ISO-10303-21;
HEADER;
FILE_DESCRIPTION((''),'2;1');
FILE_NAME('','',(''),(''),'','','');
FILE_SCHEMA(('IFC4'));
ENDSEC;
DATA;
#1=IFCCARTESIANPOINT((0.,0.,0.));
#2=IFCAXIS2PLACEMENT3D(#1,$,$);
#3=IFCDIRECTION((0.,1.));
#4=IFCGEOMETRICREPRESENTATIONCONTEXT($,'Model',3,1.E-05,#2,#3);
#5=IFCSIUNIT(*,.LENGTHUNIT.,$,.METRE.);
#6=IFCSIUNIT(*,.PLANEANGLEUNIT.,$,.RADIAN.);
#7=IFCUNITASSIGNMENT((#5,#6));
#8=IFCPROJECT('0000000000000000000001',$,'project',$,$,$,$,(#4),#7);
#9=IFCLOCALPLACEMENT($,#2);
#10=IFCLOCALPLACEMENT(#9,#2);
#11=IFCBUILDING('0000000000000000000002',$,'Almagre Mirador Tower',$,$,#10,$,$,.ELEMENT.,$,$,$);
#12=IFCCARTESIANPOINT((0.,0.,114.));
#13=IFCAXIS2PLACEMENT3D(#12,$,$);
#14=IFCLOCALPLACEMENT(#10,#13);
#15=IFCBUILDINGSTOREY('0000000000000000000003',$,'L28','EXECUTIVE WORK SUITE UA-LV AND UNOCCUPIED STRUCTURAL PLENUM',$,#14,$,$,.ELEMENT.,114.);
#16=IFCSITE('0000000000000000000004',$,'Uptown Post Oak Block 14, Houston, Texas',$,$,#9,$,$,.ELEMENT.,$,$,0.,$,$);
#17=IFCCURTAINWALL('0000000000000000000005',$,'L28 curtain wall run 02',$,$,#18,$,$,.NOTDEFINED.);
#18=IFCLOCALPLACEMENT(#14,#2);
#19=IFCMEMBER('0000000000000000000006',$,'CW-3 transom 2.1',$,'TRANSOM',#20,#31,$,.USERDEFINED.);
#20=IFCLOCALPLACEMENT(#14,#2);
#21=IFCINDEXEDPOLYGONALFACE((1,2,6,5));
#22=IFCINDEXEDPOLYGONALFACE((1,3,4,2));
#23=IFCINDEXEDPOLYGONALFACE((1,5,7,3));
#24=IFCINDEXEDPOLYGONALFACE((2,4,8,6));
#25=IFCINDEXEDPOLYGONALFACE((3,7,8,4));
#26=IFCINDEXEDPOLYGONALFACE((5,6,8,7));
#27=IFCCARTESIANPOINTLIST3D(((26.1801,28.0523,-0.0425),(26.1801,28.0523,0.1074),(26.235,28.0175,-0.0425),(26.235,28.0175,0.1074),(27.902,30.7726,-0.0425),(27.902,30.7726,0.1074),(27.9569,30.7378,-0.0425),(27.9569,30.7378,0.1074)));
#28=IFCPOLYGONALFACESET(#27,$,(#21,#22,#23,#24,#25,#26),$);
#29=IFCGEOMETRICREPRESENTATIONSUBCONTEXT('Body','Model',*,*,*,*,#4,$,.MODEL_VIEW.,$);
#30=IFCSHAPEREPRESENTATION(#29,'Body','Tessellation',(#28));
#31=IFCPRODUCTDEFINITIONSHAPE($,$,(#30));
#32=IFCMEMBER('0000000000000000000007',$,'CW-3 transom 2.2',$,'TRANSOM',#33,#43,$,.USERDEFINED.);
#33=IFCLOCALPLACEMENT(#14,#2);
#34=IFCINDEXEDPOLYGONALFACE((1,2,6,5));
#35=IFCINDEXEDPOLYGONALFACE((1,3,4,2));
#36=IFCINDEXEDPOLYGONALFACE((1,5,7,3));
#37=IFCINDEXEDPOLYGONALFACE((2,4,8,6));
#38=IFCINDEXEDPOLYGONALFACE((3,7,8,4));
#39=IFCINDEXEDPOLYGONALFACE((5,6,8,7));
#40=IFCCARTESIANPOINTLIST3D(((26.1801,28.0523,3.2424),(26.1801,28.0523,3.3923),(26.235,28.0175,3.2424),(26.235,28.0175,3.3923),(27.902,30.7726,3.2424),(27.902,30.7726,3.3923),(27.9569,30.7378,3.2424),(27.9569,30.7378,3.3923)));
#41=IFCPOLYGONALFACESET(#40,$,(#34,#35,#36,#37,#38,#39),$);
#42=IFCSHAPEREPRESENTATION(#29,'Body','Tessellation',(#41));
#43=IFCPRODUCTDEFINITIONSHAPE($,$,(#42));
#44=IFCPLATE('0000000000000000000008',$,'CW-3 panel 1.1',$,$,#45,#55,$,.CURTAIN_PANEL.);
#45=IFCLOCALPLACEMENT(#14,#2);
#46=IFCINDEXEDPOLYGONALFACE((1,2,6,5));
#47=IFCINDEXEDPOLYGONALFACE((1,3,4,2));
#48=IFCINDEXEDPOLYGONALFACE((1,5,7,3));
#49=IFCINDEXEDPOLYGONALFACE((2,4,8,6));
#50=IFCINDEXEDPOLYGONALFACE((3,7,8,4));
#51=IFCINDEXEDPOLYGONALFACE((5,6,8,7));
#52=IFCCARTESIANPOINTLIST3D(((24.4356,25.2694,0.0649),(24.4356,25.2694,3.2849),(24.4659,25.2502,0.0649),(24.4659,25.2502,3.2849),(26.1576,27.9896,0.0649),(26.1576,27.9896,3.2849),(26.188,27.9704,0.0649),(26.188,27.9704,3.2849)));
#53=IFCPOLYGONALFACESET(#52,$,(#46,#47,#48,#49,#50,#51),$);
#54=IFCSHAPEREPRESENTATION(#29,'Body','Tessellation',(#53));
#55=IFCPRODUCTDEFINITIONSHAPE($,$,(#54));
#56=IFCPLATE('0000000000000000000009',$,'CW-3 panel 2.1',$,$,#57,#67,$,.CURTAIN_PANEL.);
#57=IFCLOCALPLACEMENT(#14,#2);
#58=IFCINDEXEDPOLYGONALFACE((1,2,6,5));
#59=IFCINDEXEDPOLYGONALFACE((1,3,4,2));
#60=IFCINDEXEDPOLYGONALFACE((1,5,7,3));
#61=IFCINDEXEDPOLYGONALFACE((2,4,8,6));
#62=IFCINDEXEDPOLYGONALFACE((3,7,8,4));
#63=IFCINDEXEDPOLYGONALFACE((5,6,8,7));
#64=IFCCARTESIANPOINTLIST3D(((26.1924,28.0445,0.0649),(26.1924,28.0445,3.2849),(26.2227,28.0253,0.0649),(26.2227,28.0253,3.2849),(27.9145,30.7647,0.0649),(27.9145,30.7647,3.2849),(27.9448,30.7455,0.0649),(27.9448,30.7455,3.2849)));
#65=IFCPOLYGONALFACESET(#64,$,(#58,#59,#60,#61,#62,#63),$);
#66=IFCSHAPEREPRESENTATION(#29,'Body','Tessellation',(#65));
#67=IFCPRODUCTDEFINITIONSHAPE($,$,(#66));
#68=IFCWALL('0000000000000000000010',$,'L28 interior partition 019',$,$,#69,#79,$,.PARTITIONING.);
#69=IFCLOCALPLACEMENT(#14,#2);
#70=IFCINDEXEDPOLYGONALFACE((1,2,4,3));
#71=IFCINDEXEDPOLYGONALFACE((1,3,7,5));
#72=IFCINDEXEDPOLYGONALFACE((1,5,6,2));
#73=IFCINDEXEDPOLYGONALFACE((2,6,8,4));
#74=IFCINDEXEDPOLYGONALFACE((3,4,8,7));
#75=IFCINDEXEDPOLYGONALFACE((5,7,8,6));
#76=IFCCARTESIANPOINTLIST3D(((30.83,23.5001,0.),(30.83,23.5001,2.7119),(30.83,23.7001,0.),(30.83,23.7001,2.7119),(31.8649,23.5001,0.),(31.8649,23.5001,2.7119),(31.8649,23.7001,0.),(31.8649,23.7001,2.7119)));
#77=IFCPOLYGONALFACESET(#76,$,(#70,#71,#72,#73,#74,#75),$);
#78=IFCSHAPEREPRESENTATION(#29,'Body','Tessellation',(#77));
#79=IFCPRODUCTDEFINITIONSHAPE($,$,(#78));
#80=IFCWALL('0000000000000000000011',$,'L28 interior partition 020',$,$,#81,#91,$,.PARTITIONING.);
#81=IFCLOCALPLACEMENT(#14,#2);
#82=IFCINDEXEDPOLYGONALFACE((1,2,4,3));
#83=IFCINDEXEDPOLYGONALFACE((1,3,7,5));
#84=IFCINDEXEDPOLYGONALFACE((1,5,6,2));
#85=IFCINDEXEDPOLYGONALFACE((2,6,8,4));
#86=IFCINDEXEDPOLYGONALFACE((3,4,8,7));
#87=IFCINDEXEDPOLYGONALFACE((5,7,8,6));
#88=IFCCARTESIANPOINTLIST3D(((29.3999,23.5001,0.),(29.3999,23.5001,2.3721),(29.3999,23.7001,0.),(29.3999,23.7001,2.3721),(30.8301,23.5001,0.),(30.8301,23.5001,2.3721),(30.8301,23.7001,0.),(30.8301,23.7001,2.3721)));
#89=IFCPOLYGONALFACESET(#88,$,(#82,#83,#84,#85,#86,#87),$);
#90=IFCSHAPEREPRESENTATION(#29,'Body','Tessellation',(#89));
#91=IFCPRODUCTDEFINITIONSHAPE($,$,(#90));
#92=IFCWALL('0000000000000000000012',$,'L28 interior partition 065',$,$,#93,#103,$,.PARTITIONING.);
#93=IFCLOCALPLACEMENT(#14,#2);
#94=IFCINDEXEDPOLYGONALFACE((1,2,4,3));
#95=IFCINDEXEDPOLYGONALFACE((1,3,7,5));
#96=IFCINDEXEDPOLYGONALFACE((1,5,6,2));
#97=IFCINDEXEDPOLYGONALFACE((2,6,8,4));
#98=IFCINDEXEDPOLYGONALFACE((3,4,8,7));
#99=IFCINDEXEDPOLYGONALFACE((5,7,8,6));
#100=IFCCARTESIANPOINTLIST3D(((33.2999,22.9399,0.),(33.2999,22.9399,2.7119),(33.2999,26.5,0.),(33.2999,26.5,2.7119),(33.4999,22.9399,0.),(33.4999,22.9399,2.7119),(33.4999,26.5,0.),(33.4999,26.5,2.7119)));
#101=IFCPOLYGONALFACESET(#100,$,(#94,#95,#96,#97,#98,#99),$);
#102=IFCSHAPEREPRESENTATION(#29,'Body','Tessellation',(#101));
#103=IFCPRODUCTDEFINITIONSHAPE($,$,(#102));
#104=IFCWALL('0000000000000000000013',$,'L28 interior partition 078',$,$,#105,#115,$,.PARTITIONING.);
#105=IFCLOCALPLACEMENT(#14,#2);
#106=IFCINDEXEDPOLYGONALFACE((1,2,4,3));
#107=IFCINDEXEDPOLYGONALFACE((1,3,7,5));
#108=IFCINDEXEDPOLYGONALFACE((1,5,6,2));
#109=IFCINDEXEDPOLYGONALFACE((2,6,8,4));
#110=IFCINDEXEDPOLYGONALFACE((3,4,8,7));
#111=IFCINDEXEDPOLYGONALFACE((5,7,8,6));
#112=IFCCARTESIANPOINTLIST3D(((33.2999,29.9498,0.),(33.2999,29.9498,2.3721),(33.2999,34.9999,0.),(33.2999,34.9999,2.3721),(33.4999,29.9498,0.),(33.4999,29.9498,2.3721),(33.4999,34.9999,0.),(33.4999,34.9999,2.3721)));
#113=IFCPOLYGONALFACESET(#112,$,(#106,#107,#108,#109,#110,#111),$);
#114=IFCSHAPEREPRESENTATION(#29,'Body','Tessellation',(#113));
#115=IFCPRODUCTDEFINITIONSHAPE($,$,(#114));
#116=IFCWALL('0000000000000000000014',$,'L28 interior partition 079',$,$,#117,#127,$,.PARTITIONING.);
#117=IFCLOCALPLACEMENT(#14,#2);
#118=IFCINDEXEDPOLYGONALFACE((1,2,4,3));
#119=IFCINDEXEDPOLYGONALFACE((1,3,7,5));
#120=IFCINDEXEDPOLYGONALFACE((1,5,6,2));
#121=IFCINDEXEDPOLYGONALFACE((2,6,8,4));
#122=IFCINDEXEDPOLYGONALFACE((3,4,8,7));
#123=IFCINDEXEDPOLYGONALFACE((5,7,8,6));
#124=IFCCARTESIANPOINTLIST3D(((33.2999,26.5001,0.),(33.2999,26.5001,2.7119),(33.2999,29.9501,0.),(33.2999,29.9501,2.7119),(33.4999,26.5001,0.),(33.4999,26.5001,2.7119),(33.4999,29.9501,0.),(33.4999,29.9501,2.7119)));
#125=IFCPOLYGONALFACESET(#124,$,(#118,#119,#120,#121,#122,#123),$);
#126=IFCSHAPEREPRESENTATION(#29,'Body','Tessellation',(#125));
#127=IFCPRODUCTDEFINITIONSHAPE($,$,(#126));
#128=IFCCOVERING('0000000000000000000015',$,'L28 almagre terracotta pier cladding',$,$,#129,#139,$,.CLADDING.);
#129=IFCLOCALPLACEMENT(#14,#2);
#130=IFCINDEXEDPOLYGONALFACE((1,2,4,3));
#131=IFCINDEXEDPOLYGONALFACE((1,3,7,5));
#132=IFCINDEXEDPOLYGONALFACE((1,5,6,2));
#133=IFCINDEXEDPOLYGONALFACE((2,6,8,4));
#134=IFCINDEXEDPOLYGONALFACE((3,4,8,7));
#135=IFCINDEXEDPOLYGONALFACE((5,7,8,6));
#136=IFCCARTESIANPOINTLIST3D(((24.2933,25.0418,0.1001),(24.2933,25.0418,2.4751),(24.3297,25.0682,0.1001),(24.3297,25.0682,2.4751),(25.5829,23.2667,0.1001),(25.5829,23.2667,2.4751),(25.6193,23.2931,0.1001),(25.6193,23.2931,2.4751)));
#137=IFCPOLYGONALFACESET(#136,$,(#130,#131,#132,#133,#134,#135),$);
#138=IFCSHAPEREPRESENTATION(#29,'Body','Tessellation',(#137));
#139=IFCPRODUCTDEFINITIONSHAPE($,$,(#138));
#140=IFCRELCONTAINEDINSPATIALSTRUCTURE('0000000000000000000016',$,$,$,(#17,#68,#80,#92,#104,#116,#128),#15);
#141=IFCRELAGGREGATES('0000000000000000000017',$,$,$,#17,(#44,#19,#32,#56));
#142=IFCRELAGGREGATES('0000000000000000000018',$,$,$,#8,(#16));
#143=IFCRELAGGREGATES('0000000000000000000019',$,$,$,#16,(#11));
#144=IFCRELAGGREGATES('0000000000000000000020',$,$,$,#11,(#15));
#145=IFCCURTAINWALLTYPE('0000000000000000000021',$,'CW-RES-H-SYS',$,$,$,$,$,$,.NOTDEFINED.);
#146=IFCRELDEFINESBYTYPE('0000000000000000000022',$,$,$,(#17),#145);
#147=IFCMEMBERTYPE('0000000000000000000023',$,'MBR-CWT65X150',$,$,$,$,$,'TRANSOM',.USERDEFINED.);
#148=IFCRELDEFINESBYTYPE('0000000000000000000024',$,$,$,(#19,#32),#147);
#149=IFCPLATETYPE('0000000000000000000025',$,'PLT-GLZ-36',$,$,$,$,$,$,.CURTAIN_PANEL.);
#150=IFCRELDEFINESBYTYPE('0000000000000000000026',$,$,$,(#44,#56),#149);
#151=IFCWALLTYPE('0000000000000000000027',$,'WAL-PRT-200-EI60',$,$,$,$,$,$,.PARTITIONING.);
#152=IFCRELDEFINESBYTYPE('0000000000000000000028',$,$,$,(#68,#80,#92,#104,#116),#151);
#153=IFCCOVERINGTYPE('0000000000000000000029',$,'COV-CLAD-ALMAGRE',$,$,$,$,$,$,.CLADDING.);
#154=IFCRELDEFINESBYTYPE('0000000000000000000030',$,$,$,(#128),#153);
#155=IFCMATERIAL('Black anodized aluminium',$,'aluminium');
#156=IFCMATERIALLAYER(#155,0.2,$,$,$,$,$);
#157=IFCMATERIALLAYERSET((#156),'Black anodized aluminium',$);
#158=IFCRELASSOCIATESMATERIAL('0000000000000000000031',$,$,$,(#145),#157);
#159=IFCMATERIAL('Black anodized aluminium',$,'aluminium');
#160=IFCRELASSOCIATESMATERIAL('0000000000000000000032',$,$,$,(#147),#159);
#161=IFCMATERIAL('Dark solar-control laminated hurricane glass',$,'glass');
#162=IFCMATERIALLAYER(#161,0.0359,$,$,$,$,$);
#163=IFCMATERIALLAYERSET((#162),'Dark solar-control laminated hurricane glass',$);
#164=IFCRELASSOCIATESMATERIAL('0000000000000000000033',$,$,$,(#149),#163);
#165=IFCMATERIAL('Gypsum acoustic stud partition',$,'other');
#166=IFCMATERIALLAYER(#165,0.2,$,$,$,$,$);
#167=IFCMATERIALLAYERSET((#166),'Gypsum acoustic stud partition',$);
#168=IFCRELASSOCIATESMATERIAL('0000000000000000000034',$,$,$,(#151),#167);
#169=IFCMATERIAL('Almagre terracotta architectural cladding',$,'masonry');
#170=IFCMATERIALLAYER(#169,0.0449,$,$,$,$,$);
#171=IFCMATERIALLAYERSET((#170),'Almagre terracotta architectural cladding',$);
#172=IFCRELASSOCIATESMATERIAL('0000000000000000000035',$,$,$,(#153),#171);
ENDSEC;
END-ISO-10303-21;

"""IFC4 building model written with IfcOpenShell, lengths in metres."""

from ifc_helpers import new_model, si_unit, direction, frame, frame_2d, origin, origin_2d, place, context, subcontext, project, spatial, rectangle, extrude, material, layer, layer_set, material_profile, profile_set, type_object, element, aggregate, save


model = new_model("IFC4")

# Units and contexts
model_context = context("Model", 3, precision=1e-05, world=origin(), true_north=direction((0.0, 1.0)))
body_context = subcontext(model_context, "Body", "Model", "MODEL_VIEW")
ifc_project = project(units=[si_unit("LENGTHUNIT", "METRE"), si_unit("PLANEANGLEUNIT", "RADIAN")], contexts=[model_context])

# Site, building, storey
site_placement = place(None, origin())
site = spatial("IfcSite", under=ifc_project, at=site_placement, Name="Uptown Post Oak Block 14, Houston, Texas", CompositionType="ELEMENT", RefElevation=0.0)
building_placement = place(site_placement, origin())
building = spatial("IfcBuilding", under=site, at=building_placement, Name="Almagre Mirador Tower", CompositionType="ELEMENT")
storey_placement = place(building_placement, frame((0.0, 0.0, 114.0)))
storey = spatial("IfcBuildingStorey", under=building, at=storey_placement, Name="L28", Description="EXECUTIVE WORK SUITE UA-LV AND UNOCCUPIED STRUCTURAL PLENUM", CompositionType="ELEMENT", Elevation=114.0)

# Curtain wall, members, plates
ifc_material_1 = material(Name="Black anodized aluminium", Category="aluminium")
ifc_layer_1 = layer(ifc_material_1, 0.2)
ifc_layer_set_1 = layer_set([ifc_layer_1], Name="Black anodized aluminium")
curtain_wall_type = type_object("IfcCurtainWallType", Name="CW-RES-H-SYS", PredefinedType="NOTDEFINED", material=ifc_layer_set_1)
curtain_wall_placement = place(storey_placement, origin())
curtain_wall = element("IfcCurtainWall", 1, at=curtain_wall_placement, inside=storey, type_object=curtain_wall_type, Name="L28 curtain wall run 02", PredefinedType="NOTDEFINED")
ifc_material_2 = material(Name="Black anodized aluminium", Category="aluminium")
ifc_material_profile_1 = material_profile(ifc_material_2, rectangle(XDim=0.0649, YDim=0.1499, at=origin_2d()), Name="CWT65X150")
ifc_profile_set_1 = profile_set([ifc_material_profile_1], Name="Black anodized aluminium")
member_type_1 = type_object("IfcMemberType", Name="MBR-CWT65X150", ElementType="TRANSOM", PredefinedType="USERDEFINED", material=ifc_profile_set_1)
member_1_placement = place(storey_placement, frame((26.2075, 28.0349, 0.0325), z_axis=(0.534857, 0.844942, 0.0), x_axis=(-0.844942, 0.534857, 0.0)))
member_1 = element("IfcMember", 2, at=member_1_placement, type_object=member_type_1, Name="CW-3 transom 2.1", ObjectType="TRANSOM", PredefinedType="USERDEFINED", context=body_context, shape_type="SweptSolid", body=[
    extrude(rectangle(XDim=0.0649, YDim=0.1499, at=origin_2d()), origin(), (0.0, 0.0, 1.0), 3.2195),
])
member_2_placement = place(storey_placement, frame((26.2075, 28.0349, 3.3174), z_axis=(0.534857, 0.844942, 0.0), x_axis=(-0.844942, 0.534857, 0.0)))
member_2 = element("IfcMember", 3, at=member_2_placement, type_object=member_type_1, Name="CW-3 transom 2.2", ObjectType="TRANSOM", PredefinedType="USERDEFINED", context=body_context, shape_type="SweptSolid", body=[
    extrude(rectangle(XDim=0.0649, YDim=0.1499, at=origin_2d()), origin(), (0.0, 0.0, 1.0), 3.2195),
])
ifc_material_3 = material(Name="Dark solar-control laminated hurricane glass", Category="glass")
ifc_layer_2 = layer(ifc_material_3, 0.0359)
ifc_layer_set_2 = layer_set([ifc_layer_2], Name="Dark solar-control laminated hurricane glass")
plate_type = type_object("IfcPlateType", Name="PLT-GLZ-36", PredefinedType="CURTAIN_PANEL", material=ifc_layer_set_2)
plate_1_placement = place(storey_placement, frame((25.3118, 26.6199, 0.0649), z_axis=(0.0, 0.0, 1.0), x_axis=(0.534887, 0.844924, 0.0)))
plate_1 = element("IfcPlate", 4, at=plate_1_placement, type_object=plate_type, Name="CW-3 panel 1.1", PredefinedType="CURTAIN_PANEL", context=body_context, shape_type="SweptSolid", body=[
    extrude(rectangle(XDim=3.2195, YDim=0.0359, at=origin_2d()), origin(), (0.0, 0.0, 1.0), 3.22),
])
plate_2_placement = place(storey_placement, frame((27.0686, 29.395, 0.0649), z_axis=(0.0, 0.0, 1.0), x_axis=(0.534887, 0.844924, 0.0)))
plate_2 = element("IfcPlate", 5, at=plate_2_placement, type_object=plate_type, Name="CW-3 panel 2.1", PredefinedType="CURTAIN_PANEL", context=body_context, shape_type="SweptSolid", body=[
    extrude(rectangle(XDim=3.2195, YDim=0.0359, at=origin_2d()), origin(), (0.0, 0.0, 1.0), 3.22),
])
aggregate(curtain_wall, [plate_1, member_1, member_2, plate_2])

# Walls
ifc_material_4 = material(Name="Gypsum acoustic stud partition", Category="other")
ifc_layer_3 = layer(ifc_material_4, 0.2)
ifc_layer_set_3 = layer_set([ifc_layer_3], Name="Gypsum acoustic stud partition")
wall_type = type_object("IfcWallType", Name="WAL-PRT-200-EI60", PredefinedType="PARTITIONING", material=ifc_layer_set_3)
wall_1_placement = place(storey_placement, frame((31.865, 23.6001, 0.0), z_axis=(0.0, 0.0, 1.0), x_axis=(-1.0, 0.0, 0.0)))
element("IfcWall", 6, at=wall_1_placement, inside=storey, type_object=wall_type, Name="L28 interior partition 019", PredefinedType="PARTITIONING", context=body_context, shape_type="SweptSolid", body=[
    extrude(rectangle(XDim=1.0349, YDim=0.2, at=frame_2d((0.5176, 0.0))), origin(), (0.0, 0.0, 1.0), 2.7119),
])
wall_2_placement = place(storey_placement, frame((30.8301, 23.6001, 0.0), z_axis=(0.0, 0.0, 1.0), x_axis=(-1.0, 0.0, 0.0)))
element("IfcWall", 7, at=wall_2_placement, inside=storey, type_object=wall_type, Name="L28 interior partition 020", PredefinedType="PARTITIONING", context=body_context, shape_type="SweptSolid", body=[
    extrude(rectangle(XDim=1.4302, YDim=0.2, at=frame_2d((0.7151, 0.0))), origin(), (0.0, 0.0, 1.0), 2.3721),
])
wall_3_placement = place(storey_placement, frame((33.3999, 26.5, 0.0), z_axis=(0.0, 0.0, 1.0), x_axis=(0.0, -1.0, 0.0)))
element("IfcWall", 8, at=wall_3_placement, inside=storey, type_object=wall_type, Name="L28 interior partition 065", PredefinedType="PARTITIONING", context=body_context, shape_type="SweptSolid", body=[
    extrude(rectangle(XDim=3.5601, YDim=0.2, at=frame_2d((1.78, 0.0))), origin(), (0.0, 0.0, 1.0), 2.7119),
])
wall_4_placement = place(storey_placement, frame((33.3999, 29.95, 0.0), z_axis=(0.0, 0.0, 1.0), x_axis=(0.0, 1.0, 0.0)))
element("IfcWall", 9, at=wall_4_placement, inside=storey, type_object=wall_type, Name="L28 interior partition 078", PredefinedType="PARTITIONING", context=body_context, shape_type="SweptSolid", body=[
    extrude(rectangle(XDim=5.05, YDim=0.2, at=frame_2d((2.5249, 0.0))), origin(), (0.0, 0.0, 1.0), 2.3721),
])
wall_5_placement = place(storey_placement, frame((33.3999, 26.5, 0.0), z_axis=(0.0, 0.0, 1.0), x_axis=(0.0, 1.0, 0.0)))
element("IfcWall", 10, at=wall_5_placement, inside=storey, type_object=wall_type, Name="L28 interior partition 079", PredefinedType="PARTITIONING", context=body_context, shape_type="SweptSolid", body=[
    extrude(rectangle(XDim=3.45, YDim=0.2, at=frame_2d((1.7251, 0.0))), origin(), (0.0, 0.0, 1.0), 2.7119),
])

# Covering
ifc_material_5 = material(Name="Almagre terracotta architectural cladding", Category="masonry")
ifc_layer_4 = layer(ifc_material_5, 0.0449)
ifc_layer_set_4 = layer_set([ifc_layer_4], Name="Almagre terracotta architectural cladding")
covering_type = type_object("IfcCoveringType", Name="COV-CLAD-ALMAGRE", PredefinedType="CLADDING", material=ifc_layer_set_4)
covering_placement = place(storey_placement, frame((24.9563, 24.1675, 0.1001), z_axis=(0.0, 0.0, 1.0), x_axis=(-0.587757, 0.809038, 0.0)))
element("IfcCovering", 11, at=covering_placement, inside=storey, type_object=covering_type, Name="L28 almagre terracotta pier cladding", PredefinedType="CLADDING", context=body_context, shape_type="SweptSolid", body=[
    extrude(rectangle(XDim=2.1941, YDim=0.0449, at=origin_2d()), origin(), (0.0, 0.0, 1.0), 2.375),
])

save(model, "model.ifc")
